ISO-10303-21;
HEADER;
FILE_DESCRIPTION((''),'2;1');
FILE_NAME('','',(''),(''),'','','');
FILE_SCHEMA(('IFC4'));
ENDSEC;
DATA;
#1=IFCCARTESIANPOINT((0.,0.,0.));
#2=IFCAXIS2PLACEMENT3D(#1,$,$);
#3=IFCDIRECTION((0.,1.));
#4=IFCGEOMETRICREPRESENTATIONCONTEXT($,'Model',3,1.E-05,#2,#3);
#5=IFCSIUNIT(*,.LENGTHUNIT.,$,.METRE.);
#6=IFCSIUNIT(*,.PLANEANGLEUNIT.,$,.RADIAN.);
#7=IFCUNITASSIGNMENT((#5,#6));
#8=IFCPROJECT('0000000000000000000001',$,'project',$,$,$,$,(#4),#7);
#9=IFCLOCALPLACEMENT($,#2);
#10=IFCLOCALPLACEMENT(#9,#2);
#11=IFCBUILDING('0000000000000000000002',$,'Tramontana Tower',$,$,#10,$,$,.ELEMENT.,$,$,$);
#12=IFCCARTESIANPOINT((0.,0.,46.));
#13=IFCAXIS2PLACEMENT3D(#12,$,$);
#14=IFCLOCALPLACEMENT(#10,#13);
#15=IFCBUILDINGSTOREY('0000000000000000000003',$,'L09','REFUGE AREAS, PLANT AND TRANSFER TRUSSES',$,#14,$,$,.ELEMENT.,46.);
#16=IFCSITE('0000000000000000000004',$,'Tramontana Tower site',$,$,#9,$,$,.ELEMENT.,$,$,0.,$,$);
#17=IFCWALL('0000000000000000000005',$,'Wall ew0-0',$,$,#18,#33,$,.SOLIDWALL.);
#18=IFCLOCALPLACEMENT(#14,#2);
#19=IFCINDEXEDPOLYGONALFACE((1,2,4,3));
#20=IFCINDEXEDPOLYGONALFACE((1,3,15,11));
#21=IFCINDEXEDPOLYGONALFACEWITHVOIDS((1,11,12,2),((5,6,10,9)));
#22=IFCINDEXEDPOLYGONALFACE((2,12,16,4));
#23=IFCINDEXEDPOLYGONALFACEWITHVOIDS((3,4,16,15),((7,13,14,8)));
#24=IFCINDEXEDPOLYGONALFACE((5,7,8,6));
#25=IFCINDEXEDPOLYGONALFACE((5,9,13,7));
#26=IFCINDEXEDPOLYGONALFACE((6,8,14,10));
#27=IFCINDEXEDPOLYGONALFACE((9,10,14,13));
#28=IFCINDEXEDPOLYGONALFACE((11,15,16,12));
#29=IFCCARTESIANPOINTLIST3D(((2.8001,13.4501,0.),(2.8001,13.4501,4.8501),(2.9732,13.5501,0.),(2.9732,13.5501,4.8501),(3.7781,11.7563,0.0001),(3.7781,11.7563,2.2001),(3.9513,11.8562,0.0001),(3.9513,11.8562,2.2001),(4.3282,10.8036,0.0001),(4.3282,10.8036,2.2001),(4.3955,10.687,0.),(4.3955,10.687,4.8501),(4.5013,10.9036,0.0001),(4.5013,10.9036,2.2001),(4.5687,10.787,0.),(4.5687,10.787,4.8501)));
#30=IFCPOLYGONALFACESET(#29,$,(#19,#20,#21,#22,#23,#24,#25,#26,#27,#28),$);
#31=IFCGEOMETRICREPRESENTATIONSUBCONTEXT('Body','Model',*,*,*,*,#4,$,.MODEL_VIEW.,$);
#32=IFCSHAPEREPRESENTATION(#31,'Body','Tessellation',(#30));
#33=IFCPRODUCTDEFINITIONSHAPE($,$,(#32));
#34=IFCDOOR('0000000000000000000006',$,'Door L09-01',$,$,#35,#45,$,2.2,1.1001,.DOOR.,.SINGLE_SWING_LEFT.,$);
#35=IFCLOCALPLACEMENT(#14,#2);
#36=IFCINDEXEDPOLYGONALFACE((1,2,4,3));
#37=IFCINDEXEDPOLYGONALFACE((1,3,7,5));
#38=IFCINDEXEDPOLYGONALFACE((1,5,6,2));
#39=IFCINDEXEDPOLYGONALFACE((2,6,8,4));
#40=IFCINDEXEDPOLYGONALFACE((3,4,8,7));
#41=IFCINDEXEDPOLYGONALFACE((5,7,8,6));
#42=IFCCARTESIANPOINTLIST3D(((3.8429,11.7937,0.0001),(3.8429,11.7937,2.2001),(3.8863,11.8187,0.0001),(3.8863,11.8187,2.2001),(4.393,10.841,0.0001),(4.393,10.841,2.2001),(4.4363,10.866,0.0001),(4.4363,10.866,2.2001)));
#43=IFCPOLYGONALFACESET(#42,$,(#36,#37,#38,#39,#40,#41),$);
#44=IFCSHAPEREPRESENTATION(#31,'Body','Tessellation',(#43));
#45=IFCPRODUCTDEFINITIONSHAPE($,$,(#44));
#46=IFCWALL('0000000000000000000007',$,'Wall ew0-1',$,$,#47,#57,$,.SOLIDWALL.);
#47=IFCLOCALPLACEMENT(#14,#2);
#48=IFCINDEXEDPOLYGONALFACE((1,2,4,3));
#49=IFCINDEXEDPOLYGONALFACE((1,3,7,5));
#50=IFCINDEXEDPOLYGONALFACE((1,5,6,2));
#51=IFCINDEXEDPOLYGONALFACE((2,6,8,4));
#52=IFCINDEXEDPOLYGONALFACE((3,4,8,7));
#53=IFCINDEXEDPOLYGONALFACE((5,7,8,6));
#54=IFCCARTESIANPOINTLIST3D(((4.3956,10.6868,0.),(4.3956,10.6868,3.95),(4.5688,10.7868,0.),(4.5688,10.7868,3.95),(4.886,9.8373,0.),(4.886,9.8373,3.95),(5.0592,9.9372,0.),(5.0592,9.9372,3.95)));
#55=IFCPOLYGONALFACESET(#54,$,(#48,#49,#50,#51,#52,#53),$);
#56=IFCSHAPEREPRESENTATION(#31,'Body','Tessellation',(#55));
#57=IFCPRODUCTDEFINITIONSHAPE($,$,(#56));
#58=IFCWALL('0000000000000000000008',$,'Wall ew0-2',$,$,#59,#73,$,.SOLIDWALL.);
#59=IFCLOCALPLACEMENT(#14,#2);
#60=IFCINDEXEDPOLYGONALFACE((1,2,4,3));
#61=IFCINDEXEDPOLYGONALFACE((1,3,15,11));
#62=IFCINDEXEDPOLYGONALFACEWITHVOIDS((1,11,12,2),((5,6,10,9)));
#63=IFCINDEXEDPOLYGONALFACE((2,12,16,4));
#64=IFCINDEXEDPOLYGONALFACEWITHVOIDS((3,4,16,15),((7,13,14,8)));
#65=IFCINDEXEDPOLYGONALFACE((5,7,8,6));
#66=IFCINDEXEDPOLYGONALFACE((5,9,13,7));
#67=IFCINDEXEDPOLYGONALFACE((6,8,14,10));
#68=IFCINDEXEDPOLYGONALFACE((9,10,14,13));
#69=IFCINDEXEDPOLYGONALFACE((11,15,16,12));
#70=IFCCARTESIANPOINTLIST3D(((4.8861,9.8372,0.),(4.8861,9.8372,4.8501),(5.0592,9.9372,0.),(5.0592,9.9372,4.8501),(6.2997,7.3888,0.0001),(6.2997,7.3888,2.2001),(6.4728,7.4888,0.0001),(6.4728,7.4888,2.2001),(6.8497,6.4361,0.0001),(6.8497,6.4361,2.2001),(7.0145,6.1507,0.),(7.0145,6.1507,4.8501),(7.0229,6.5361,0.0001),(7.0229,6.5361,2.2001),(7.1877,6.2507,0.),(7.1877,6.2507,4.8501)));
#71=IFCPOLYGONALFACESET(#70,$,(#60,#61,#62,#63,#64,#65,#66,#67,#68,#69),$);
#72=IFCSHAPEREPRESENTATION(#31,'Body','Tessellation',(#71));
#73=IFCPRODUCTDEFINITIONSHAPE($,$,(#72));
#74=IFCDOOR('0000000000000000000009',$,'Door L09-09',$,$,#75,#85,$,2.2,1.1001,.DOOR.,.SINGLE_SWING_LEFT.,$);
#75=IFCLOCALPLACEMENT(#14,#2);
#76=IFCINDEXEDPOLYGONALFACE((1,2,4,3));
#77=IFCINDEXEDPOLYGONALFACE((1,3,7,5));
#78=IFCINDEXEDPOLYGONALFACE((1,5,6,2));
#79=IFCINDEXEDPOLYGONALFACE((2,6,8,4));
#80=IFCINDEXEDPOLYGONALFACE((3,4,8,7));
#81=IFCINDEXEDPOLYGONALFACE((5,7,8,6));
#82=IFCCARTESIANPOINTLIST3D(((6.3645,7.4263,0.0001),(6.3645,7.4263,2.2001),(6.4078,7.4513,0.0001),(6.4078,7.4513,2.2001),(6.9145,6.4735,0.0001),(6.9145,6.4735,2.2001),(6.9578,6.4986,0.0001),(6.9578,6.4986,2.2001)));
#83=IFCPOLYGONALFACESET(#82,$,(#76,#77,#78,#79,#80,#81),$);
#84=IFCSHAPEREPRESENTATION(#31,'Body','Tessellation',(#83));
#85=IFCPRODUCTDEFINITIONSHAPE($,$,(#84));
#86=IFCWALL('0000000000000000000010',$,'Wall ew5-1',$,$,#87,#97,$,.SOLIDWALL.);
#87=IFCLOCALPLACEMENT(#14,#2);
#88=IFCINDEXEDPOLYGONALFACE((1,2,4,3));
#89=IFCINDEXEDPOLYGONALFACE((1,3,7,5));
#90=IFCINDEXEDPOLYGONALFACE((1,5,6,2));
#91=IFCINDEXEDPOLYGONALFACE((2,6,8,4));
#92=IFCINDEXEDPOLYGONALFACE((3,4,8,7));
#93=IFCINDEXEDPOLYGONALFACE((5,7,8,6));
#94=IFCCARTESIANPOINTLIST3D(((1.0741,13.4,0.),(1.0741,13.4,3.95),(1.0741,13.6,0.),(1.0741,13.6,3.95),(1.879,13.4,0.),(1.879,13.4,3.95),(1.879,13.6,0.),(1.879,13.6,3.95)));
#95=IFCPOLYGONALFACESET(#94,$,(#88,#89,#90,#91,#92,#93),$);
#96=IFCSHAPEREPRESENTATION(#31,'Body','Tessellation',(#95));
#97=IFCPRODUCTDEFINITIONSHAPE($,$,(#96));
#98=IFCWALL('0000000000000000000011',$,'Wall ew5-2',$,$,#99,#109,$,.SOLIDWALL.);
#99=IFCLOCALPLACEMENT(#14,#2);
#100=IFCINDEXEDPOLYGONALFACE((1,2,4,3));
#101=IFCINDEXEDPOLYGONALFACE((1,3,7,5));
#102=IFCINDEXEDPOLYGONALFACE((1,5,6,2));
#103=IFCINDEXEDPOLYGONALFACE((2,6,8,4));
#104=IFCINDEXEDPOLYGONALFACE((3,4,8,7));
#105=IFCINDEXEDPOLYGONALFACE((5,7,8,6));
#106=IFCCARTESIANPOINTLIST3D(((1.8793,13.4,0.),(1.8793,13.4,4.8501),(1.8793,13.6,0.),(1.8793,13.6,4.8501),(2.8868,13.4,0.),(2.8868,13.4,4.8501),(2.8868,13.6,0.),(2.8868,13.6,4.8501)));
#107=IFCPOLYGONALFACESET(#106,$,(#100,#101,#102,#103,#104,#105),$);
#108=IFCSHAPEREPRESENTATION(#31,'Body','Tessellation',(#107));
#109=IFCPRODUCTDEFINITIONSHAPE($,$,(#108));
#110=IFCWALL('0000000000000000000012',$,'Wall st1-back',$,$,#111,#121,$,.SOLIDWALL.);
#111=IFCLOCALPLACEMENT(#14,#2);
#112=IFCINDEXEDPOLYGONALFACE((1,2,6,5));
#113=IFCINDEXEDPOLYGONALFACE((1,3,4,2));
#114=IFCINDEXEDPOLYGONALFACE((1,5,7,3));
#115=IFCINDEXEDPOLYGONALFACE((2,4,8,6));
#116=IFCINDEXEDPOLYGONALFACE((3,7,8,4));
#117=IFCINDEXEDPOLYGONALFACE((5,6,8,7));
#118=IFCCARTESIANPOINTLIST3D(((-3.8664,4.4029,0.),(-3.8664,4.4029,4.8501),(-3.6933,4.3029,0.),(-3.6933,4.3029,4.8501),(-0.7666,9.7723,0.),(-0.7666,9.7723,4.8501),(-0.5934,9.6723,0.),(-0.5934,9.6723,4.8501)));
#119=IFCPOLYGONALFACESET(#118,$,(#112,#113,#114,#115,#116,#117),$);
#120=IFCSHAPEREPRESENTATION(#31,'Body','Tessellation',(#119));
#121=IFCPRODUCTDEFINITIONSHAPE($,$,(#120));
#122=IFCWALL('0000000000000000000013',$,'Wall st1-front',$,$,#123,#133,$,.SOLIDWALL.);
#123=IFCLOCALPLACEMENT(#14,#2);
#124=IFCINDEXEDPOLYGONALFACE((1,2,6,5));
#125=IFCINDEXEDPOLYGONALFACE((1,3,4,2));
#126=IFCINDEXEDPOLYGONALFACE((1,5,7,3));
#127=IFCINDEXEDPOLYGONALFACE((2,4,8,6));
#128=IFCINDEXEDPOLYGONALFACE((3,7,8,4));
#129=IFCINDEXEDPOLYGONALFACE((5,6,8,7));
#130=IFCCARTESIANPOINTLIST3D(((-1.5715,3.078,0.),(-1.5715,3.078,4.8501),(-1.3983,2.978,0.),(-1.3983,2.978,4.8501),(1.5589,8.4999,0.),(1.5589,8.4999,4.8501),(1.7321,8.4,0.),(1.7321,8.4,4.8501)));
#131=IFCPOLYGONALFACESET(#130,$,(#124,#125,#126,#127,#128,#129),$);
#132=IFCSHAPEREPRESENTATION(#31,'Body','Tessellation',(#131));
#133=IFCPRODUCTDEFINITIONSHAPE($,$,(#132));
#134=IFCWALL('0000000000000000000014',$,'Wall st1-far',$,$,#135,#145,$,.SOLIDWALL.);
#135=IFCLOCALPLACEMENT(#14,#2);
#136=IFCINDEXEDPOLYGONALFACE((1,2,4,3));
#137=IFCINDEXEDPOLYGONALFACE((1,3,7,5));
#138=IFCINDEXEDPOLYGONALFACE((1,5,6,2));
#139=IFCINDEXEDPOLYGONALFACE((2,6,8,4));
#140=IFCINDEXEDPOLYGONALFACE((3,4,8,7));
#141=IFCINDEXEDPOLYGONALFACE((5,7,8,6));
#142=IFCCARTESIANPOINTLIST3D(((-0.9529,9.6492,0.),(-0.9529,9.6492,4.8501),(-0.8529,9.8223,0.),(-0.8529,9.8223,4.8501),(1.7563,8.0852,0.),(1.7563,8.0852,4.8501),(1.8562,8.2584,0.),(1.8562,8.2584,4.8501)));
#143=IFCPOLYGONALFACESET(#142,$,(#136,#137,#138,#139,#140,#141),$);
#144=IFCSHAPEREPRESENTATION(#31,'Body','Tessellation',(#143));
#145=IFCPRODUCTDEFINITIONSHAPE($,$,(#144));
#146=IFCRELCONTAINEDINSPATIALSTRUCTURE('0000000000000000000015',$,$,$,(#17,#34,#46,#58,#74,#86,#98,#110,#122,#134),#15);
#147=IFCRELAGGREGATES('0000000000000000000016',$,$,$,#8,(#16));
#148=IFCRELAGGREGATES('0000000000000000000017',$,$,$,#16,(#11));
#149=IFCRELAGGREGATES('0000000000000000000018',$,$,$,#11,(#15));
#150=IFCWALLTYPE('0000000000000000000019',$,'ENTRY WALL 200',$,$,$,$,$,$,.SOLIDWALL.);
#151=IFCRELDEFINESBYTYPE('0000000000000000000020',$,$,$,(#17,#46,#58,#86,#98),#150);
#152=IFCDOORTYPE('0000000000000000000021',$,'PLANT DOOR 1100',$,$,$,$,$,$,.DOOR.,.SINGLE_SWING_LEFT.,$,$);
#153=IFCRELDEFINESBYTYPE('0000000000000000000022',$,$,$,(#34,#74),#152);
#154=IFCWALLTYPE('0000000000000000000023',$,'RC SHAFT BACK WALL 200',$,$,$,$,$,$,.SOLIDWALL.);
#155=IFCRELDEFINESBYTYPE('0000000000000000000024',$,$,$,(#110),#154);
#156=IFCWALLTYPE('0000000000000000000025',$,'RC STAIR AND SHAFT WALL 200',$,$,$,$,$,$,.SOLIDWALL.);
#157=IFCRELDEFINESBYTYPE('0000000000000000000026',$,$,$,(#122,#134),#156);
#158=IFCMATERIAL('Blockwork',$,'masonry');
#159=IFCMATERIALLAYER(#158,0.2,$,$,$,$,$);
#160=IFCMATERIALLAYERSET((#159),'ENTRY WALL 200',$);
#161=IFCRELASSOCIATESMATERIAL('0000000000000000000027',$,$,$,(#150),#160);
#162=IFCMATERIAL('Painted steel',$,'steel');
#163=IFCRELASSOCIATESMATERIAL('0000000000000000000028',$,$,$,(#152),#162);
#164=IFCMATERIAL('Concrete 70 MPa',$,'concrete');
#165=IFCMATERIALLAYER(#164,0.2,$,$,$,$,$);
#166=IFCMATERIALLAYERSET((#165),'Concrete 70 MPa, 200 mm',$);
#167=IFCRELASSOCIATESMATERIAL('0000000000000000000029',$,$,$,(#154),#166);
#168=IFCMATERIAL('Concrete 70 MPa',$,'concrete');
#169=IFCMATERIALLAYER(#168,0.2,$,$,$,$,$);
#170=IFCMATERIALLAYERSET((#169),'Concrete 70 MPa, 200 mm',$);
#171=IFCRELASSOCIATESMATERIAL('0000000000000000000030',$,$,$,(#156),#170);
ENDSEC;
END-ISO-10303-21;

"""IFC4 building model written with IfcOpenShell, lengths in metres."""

from ifc_helpers import new_model, si_unit, direction, frame, frame_2d, origin, place, context, subcontext, project, spatial, rectangle, extrude, material, layer, layer_set, type_object, element, fill, save


model = new_model("IFC4")

# Units and contexts
model_context = context("Model", 3, precision=1e-05, world=origin(), true_north=direction((0.0, 1.0)))
body_context = subcontext(model_context, "Body", "Model", "MODEL_VIEW")
ifc_project = project(units=[si_unit("LENGTHUNIT", "METRE"), si_unit("PLANEANGLEUNIT", "RADIAN")], contexts=[model_context])

# Site, building, storey
site_placement = place(None, origin())
site = spatial("IfcSite", under=ifc_project, at=site_placement, Name="Tramontana Tower site", CompositionType="ELEMENT", RefElevation=0.0)
building_placement = place(site_placement, origin())
building = spatial("IfcBuilding", under=site, at=building_placement, Name="Tramontana Tower", CompositionType="ELEMENT")
storey_placement = place(building_placement, frame((0.0, 0.0, 46.0)))
storey = spatial("IfcBuildingStorey", under=building, at=storey_placement, Name="L09", Description="REFUGE AREAS, PLANT AND TRANSFER TRUSSES", CompositionType="ELEMENT", Elevation=46.0)

# Wall, opening, door
ifc_material_1 = material(Name="Blockwork", Category="masonry")
ifc_layer_1 = layer(ifc_material_1, 0.2)
ifc_layer_set_1 = layer_set([ifc_layer_1], Name="ENTRY WALL 200")
wall_type_1 = type_object("IfcWallType", Name="ENTRY WALL 200", PredefinedType="SOLIDWALL", material=ifc_layer_set_1)
wall_1_placement = place(storey_placement, frame((2.8867, 13.5, 0.0), z_axis=(0.0, 0.0, 1.0), x_axis=(0.500032, -0.866007, 0.0)))
wall_1 = element("IfcWall", 1, at=wall_1_placement, inside=storey, type_object=wall_type_1, Name="Wall ew0-0", PredefinedType="SOLIDWALL", context=body_context, shape_type="SweptSolid", body=[
    extrude(rectangle(XDim=3.1907, YDim=0.2, at=frame_2d((1.5952, 0.0))), origin(), (0.0, 0.0, 1.0), 4.8501),
])
opening_1_placement = place(wall_1_placement, frame((1.9558, 0.0, 0.0)))
opening_1 = element("IfcOpeningElement", 2, at=opening_1_placement, cuts=wall_1, PredefinedType="OPENING", context=body_context, shape_type="SweptSolid", body=[
    extrude(rectangle(XDim=1.1001, YDim=2.2, at=frame_2d((0.55, 1.1001))), frame((0.0, 0.1099, 0.0), z_axis=(0.0, -1.0, 0.0), x_axis=(1.0, 0.0, 0.0)), (0.0, 0.0, 1.0), 0.22),
])
ifc_material_2 = material(Name="Painted steel", Category="steel")
door_type_1 = type_object("IfcDoorType", Name="PLANT DOOR 1100", OperationType="SINGLE_SWING_LEFT", PredefinedType="DOOR", material=ifc_material_2)
door_1_placement = place(opening_1_placement, origin())
door_1 = element("IfcDoor", 3, at=door_1_placement, inside=storey, type_object=door_type_1, Name="Door L09-01", OperationType="SINGLE_SWING_LEFT", OverallHeight=2.2, OverallWidth=1.1001, PredefinedType="DOOR", context=body_context, shape_type="SweptSolid", body=[
    extrude(rectangle(XDim=1.1001, YDim=2.2, at=frame_2d((0.55, 1.1001))), frame((0.0, 0.0249, 0.0), z_axis=(0.0, -1.0, 0.0), x_axis=(1.0, 0.0, 0.0)), (0.0, 0.0, 1.0), 0.05),
])
fill(opening_1, door_1)

# Wall
wall_2_placement = place(storey_placement, frame((4.4822, 10.7368, 0.0), z_axis=(0.0, 0.0, 1.0), x_axis=(0.499967, -0.866045, 0.0)))
element("IfcWall", 4, at=wall_2_placement, inside=storey, type_object=wall_type_1, Name="Wall ew0-1", PredefinedType="SOLIDWALL", context=body_context, shape_type="SweptSolid", body=[
    extrude(rectangle(XDim=0.981, YDim=0.2, at=frame_2d((0.4905, 0.0))), origin(), (0.0, 0.0, 1.0), 3.95),
])

# Wall, opening, door
wall_3_placement = place(storey_placement, frame((4.9727, 9.8872, 0.0), z_axis=(0.0, 0.0, 1.0), x_axis=(0.5, -0.866025, 0.0)))
wall_3 = element("IfcWall", 5, at=wall_3_placement, inside=storey, type_object=wall_type_1, Name="Wall ew0-2", PredefinedType="SOLIDWALL", context=body_context, shape_type="SweptSolid", body=[
    extrude(rectangle(XDim=4.2568, YDim=0.2, at=frame_2d((2.1284, 0.0))), origin(), (0.0, 0.0, 1.0), 4.8501),
])
opening_2_placement = place(wall_3_placement, frame((2.8271, 0.0, 0.0)))
opening_2 = element("IfcOpeningElement", 6, at=opening_2_placement, cuts=wall_3, PredefinedType="OPENING", context=body_context, shape_type="SweptSolid", body=[
    extrude(rectangle(XDim=1.1001, YDim=2.2, at=frame_2d((0.55, 1.1001))), frame((0.0, 0.1099, 0.0), z_axis=(0.0, -1.0, 0.0), x_axis=(1.0, 0.0, 0.0)), (0.0, 0.0, 1.0), 0.22),
])
door_2_placement = place(opening_2_placement, origin())
door_2 = element("IfcDoor", 7, at=door_2_placement, inside=storey, type_object=door_type_1, Name="Door L09-09", OperationType="SINGLE_SWING_LEFT", OverallHeight=2.2, OverallWidth=1.1001, PredefinedType="DOOR", context=body_context, shape_type="SweptSolid", body=[
    extrude(rectangle(XDim=1.1001, YDim=2.2, at=frame_2d((0.55, 1.1001))), frame((0.0, 0.0249, 0.0), z_axis=(0.0, -1.0, 0.0), x_axis=(1.0, 0.0, 0.0)), (0.0, 0.0, 1.0), 0.05),
])
fill(opening_2, door_2)

# Walls
wall_4_placement = place(storey_placement, frame((1.0742, 13.5, 0.0), z_axis=(0.0, 0.0, 1.0), x_axis=(1.0, 0.0, 0.0)))
element("IfcWall", 8, at=wall_4_placement, inside=storey, type_object=wall_type_1, Name="Wall ew5-1", PredefinedType="SOLIDWALL", context=body_context, shape_type="SweptSolid", body=[
    extrude(rectangle(XDim=0.8049, YDim=0.2, at=frame_2d((0.4023, 0.0))), origin(), (0.0, 0.0, 1.0), 3.95),
])
wall_5_placement = place(storey_placement, frame((1.8792, 13.5, 0.0), z_axis=(0.0, 0.0, 1.0), x_axis=(1.0, 0.0, 0.0)))
element("IfcWall", 9, at=wall_5_placement, inside=storey, type_object=wall_type_1, Name="Wall ew5-2", PredefinedType="SOLIDWALL", context=body_context, shape_type="SweptSolid", body=[
    extrude(rectangle(XDim=1.0076, YDim=0.2, at=frame_2d((0.5039, 0.0))), origin(), (0.0, 0.0, 1.0), 4.8501),
])
ifc_material_3 = material(Name="Concrete 70 MPa", Category="concrete")
ifc_layer_2 = layer(ifc_material_3, 0.2)
ifc_layer_set_2 = layer_set([ifc_layer_2], Name="Concrete 70 MPa, 200 mm")
wall_type_2 = type_object("IfcWallType", Name="RC SHAFT BACK WALL 200", PredefinedType="SOLIDWALL", material=ifc_layer_set_2)
wall_6_placement = place(storey_placement, frame((-0.6799, 9.7224, 0.0), z_axis=(0.0, 0.0, 1.0), x_axis=(-0.49998, -0.866037, 0.0)))
element("IfcWall", 10, at=wall_6_placement, inside=storey, type_object=wall_type_2, Name="Wall st1-back", PredefinedType="SOLIDWALL", context=body_context, shape_type="SweptSolid", body=[
    extrude(rectangle(XDim=6.2, YDim=0.2, at=frame_2d((3.1001, 0.0))), origin(), (0.0, 0.0, 1.0), 4.8501),
])
ifc_material_4 = material(Name="Concrete 70 MPa", Category="concrete")
ifc_layer_3 = layer(ifc_material_4, 0.2)
ifc_layer_set_3 = layer_set([ifc_layer_3], Name="Concrete 70 MPa, 200 mm")
wall_type_3 = type_object("IfcWallType", Name="RC STAIR AND SHAFT WALL 200", PredefinedType="SOLIDWALL", material=ifc_layer_set_3)
wall_7_placement = place(storey_placement, frame((1.6455, 8.45, 0.0), z_axis=(0.0, 0.0, 1.0), x_axis=(-0.500006, -0.866022, 0.0)))
element("IfcWall", 11, at=wall_7_placement, inside=storey, type_object=wall_type_3, Name="Wall st1-front", PredefinedType="SOLIDWALL", context=body_context, shape_type="SweptSolid", body=[
    extrude(rectangle(XDim=6.2607, YDim=0.2, at=frame_2d((3.1304, 0.0))), origin(), (0.0, 0.0, 1.0), 4.8501),
])
wall_8_placement = place(storey_placement, frame((1.8062, 8.1719, 0.0), z_axis=(0.0, 0.0, 1.0), x_axis=(-0.866054, 0.49995, 0.0)))
element("IfcWall", 12, at=wall_8_placement, inside=storey, type_object=wall_type_3, Name="Wall st1-far", PredefinedType="SOLIDWALL", context=body_context, shape_type="SweptSolid", body=[
    extrude(rectangle(XDim=3.1282, YDim=0.2, at=frame_2d((1.564, 0.0))), origin(), (0.0, 0.0, 1.0), 4.8501),
])

save(model, "model.ifc")
